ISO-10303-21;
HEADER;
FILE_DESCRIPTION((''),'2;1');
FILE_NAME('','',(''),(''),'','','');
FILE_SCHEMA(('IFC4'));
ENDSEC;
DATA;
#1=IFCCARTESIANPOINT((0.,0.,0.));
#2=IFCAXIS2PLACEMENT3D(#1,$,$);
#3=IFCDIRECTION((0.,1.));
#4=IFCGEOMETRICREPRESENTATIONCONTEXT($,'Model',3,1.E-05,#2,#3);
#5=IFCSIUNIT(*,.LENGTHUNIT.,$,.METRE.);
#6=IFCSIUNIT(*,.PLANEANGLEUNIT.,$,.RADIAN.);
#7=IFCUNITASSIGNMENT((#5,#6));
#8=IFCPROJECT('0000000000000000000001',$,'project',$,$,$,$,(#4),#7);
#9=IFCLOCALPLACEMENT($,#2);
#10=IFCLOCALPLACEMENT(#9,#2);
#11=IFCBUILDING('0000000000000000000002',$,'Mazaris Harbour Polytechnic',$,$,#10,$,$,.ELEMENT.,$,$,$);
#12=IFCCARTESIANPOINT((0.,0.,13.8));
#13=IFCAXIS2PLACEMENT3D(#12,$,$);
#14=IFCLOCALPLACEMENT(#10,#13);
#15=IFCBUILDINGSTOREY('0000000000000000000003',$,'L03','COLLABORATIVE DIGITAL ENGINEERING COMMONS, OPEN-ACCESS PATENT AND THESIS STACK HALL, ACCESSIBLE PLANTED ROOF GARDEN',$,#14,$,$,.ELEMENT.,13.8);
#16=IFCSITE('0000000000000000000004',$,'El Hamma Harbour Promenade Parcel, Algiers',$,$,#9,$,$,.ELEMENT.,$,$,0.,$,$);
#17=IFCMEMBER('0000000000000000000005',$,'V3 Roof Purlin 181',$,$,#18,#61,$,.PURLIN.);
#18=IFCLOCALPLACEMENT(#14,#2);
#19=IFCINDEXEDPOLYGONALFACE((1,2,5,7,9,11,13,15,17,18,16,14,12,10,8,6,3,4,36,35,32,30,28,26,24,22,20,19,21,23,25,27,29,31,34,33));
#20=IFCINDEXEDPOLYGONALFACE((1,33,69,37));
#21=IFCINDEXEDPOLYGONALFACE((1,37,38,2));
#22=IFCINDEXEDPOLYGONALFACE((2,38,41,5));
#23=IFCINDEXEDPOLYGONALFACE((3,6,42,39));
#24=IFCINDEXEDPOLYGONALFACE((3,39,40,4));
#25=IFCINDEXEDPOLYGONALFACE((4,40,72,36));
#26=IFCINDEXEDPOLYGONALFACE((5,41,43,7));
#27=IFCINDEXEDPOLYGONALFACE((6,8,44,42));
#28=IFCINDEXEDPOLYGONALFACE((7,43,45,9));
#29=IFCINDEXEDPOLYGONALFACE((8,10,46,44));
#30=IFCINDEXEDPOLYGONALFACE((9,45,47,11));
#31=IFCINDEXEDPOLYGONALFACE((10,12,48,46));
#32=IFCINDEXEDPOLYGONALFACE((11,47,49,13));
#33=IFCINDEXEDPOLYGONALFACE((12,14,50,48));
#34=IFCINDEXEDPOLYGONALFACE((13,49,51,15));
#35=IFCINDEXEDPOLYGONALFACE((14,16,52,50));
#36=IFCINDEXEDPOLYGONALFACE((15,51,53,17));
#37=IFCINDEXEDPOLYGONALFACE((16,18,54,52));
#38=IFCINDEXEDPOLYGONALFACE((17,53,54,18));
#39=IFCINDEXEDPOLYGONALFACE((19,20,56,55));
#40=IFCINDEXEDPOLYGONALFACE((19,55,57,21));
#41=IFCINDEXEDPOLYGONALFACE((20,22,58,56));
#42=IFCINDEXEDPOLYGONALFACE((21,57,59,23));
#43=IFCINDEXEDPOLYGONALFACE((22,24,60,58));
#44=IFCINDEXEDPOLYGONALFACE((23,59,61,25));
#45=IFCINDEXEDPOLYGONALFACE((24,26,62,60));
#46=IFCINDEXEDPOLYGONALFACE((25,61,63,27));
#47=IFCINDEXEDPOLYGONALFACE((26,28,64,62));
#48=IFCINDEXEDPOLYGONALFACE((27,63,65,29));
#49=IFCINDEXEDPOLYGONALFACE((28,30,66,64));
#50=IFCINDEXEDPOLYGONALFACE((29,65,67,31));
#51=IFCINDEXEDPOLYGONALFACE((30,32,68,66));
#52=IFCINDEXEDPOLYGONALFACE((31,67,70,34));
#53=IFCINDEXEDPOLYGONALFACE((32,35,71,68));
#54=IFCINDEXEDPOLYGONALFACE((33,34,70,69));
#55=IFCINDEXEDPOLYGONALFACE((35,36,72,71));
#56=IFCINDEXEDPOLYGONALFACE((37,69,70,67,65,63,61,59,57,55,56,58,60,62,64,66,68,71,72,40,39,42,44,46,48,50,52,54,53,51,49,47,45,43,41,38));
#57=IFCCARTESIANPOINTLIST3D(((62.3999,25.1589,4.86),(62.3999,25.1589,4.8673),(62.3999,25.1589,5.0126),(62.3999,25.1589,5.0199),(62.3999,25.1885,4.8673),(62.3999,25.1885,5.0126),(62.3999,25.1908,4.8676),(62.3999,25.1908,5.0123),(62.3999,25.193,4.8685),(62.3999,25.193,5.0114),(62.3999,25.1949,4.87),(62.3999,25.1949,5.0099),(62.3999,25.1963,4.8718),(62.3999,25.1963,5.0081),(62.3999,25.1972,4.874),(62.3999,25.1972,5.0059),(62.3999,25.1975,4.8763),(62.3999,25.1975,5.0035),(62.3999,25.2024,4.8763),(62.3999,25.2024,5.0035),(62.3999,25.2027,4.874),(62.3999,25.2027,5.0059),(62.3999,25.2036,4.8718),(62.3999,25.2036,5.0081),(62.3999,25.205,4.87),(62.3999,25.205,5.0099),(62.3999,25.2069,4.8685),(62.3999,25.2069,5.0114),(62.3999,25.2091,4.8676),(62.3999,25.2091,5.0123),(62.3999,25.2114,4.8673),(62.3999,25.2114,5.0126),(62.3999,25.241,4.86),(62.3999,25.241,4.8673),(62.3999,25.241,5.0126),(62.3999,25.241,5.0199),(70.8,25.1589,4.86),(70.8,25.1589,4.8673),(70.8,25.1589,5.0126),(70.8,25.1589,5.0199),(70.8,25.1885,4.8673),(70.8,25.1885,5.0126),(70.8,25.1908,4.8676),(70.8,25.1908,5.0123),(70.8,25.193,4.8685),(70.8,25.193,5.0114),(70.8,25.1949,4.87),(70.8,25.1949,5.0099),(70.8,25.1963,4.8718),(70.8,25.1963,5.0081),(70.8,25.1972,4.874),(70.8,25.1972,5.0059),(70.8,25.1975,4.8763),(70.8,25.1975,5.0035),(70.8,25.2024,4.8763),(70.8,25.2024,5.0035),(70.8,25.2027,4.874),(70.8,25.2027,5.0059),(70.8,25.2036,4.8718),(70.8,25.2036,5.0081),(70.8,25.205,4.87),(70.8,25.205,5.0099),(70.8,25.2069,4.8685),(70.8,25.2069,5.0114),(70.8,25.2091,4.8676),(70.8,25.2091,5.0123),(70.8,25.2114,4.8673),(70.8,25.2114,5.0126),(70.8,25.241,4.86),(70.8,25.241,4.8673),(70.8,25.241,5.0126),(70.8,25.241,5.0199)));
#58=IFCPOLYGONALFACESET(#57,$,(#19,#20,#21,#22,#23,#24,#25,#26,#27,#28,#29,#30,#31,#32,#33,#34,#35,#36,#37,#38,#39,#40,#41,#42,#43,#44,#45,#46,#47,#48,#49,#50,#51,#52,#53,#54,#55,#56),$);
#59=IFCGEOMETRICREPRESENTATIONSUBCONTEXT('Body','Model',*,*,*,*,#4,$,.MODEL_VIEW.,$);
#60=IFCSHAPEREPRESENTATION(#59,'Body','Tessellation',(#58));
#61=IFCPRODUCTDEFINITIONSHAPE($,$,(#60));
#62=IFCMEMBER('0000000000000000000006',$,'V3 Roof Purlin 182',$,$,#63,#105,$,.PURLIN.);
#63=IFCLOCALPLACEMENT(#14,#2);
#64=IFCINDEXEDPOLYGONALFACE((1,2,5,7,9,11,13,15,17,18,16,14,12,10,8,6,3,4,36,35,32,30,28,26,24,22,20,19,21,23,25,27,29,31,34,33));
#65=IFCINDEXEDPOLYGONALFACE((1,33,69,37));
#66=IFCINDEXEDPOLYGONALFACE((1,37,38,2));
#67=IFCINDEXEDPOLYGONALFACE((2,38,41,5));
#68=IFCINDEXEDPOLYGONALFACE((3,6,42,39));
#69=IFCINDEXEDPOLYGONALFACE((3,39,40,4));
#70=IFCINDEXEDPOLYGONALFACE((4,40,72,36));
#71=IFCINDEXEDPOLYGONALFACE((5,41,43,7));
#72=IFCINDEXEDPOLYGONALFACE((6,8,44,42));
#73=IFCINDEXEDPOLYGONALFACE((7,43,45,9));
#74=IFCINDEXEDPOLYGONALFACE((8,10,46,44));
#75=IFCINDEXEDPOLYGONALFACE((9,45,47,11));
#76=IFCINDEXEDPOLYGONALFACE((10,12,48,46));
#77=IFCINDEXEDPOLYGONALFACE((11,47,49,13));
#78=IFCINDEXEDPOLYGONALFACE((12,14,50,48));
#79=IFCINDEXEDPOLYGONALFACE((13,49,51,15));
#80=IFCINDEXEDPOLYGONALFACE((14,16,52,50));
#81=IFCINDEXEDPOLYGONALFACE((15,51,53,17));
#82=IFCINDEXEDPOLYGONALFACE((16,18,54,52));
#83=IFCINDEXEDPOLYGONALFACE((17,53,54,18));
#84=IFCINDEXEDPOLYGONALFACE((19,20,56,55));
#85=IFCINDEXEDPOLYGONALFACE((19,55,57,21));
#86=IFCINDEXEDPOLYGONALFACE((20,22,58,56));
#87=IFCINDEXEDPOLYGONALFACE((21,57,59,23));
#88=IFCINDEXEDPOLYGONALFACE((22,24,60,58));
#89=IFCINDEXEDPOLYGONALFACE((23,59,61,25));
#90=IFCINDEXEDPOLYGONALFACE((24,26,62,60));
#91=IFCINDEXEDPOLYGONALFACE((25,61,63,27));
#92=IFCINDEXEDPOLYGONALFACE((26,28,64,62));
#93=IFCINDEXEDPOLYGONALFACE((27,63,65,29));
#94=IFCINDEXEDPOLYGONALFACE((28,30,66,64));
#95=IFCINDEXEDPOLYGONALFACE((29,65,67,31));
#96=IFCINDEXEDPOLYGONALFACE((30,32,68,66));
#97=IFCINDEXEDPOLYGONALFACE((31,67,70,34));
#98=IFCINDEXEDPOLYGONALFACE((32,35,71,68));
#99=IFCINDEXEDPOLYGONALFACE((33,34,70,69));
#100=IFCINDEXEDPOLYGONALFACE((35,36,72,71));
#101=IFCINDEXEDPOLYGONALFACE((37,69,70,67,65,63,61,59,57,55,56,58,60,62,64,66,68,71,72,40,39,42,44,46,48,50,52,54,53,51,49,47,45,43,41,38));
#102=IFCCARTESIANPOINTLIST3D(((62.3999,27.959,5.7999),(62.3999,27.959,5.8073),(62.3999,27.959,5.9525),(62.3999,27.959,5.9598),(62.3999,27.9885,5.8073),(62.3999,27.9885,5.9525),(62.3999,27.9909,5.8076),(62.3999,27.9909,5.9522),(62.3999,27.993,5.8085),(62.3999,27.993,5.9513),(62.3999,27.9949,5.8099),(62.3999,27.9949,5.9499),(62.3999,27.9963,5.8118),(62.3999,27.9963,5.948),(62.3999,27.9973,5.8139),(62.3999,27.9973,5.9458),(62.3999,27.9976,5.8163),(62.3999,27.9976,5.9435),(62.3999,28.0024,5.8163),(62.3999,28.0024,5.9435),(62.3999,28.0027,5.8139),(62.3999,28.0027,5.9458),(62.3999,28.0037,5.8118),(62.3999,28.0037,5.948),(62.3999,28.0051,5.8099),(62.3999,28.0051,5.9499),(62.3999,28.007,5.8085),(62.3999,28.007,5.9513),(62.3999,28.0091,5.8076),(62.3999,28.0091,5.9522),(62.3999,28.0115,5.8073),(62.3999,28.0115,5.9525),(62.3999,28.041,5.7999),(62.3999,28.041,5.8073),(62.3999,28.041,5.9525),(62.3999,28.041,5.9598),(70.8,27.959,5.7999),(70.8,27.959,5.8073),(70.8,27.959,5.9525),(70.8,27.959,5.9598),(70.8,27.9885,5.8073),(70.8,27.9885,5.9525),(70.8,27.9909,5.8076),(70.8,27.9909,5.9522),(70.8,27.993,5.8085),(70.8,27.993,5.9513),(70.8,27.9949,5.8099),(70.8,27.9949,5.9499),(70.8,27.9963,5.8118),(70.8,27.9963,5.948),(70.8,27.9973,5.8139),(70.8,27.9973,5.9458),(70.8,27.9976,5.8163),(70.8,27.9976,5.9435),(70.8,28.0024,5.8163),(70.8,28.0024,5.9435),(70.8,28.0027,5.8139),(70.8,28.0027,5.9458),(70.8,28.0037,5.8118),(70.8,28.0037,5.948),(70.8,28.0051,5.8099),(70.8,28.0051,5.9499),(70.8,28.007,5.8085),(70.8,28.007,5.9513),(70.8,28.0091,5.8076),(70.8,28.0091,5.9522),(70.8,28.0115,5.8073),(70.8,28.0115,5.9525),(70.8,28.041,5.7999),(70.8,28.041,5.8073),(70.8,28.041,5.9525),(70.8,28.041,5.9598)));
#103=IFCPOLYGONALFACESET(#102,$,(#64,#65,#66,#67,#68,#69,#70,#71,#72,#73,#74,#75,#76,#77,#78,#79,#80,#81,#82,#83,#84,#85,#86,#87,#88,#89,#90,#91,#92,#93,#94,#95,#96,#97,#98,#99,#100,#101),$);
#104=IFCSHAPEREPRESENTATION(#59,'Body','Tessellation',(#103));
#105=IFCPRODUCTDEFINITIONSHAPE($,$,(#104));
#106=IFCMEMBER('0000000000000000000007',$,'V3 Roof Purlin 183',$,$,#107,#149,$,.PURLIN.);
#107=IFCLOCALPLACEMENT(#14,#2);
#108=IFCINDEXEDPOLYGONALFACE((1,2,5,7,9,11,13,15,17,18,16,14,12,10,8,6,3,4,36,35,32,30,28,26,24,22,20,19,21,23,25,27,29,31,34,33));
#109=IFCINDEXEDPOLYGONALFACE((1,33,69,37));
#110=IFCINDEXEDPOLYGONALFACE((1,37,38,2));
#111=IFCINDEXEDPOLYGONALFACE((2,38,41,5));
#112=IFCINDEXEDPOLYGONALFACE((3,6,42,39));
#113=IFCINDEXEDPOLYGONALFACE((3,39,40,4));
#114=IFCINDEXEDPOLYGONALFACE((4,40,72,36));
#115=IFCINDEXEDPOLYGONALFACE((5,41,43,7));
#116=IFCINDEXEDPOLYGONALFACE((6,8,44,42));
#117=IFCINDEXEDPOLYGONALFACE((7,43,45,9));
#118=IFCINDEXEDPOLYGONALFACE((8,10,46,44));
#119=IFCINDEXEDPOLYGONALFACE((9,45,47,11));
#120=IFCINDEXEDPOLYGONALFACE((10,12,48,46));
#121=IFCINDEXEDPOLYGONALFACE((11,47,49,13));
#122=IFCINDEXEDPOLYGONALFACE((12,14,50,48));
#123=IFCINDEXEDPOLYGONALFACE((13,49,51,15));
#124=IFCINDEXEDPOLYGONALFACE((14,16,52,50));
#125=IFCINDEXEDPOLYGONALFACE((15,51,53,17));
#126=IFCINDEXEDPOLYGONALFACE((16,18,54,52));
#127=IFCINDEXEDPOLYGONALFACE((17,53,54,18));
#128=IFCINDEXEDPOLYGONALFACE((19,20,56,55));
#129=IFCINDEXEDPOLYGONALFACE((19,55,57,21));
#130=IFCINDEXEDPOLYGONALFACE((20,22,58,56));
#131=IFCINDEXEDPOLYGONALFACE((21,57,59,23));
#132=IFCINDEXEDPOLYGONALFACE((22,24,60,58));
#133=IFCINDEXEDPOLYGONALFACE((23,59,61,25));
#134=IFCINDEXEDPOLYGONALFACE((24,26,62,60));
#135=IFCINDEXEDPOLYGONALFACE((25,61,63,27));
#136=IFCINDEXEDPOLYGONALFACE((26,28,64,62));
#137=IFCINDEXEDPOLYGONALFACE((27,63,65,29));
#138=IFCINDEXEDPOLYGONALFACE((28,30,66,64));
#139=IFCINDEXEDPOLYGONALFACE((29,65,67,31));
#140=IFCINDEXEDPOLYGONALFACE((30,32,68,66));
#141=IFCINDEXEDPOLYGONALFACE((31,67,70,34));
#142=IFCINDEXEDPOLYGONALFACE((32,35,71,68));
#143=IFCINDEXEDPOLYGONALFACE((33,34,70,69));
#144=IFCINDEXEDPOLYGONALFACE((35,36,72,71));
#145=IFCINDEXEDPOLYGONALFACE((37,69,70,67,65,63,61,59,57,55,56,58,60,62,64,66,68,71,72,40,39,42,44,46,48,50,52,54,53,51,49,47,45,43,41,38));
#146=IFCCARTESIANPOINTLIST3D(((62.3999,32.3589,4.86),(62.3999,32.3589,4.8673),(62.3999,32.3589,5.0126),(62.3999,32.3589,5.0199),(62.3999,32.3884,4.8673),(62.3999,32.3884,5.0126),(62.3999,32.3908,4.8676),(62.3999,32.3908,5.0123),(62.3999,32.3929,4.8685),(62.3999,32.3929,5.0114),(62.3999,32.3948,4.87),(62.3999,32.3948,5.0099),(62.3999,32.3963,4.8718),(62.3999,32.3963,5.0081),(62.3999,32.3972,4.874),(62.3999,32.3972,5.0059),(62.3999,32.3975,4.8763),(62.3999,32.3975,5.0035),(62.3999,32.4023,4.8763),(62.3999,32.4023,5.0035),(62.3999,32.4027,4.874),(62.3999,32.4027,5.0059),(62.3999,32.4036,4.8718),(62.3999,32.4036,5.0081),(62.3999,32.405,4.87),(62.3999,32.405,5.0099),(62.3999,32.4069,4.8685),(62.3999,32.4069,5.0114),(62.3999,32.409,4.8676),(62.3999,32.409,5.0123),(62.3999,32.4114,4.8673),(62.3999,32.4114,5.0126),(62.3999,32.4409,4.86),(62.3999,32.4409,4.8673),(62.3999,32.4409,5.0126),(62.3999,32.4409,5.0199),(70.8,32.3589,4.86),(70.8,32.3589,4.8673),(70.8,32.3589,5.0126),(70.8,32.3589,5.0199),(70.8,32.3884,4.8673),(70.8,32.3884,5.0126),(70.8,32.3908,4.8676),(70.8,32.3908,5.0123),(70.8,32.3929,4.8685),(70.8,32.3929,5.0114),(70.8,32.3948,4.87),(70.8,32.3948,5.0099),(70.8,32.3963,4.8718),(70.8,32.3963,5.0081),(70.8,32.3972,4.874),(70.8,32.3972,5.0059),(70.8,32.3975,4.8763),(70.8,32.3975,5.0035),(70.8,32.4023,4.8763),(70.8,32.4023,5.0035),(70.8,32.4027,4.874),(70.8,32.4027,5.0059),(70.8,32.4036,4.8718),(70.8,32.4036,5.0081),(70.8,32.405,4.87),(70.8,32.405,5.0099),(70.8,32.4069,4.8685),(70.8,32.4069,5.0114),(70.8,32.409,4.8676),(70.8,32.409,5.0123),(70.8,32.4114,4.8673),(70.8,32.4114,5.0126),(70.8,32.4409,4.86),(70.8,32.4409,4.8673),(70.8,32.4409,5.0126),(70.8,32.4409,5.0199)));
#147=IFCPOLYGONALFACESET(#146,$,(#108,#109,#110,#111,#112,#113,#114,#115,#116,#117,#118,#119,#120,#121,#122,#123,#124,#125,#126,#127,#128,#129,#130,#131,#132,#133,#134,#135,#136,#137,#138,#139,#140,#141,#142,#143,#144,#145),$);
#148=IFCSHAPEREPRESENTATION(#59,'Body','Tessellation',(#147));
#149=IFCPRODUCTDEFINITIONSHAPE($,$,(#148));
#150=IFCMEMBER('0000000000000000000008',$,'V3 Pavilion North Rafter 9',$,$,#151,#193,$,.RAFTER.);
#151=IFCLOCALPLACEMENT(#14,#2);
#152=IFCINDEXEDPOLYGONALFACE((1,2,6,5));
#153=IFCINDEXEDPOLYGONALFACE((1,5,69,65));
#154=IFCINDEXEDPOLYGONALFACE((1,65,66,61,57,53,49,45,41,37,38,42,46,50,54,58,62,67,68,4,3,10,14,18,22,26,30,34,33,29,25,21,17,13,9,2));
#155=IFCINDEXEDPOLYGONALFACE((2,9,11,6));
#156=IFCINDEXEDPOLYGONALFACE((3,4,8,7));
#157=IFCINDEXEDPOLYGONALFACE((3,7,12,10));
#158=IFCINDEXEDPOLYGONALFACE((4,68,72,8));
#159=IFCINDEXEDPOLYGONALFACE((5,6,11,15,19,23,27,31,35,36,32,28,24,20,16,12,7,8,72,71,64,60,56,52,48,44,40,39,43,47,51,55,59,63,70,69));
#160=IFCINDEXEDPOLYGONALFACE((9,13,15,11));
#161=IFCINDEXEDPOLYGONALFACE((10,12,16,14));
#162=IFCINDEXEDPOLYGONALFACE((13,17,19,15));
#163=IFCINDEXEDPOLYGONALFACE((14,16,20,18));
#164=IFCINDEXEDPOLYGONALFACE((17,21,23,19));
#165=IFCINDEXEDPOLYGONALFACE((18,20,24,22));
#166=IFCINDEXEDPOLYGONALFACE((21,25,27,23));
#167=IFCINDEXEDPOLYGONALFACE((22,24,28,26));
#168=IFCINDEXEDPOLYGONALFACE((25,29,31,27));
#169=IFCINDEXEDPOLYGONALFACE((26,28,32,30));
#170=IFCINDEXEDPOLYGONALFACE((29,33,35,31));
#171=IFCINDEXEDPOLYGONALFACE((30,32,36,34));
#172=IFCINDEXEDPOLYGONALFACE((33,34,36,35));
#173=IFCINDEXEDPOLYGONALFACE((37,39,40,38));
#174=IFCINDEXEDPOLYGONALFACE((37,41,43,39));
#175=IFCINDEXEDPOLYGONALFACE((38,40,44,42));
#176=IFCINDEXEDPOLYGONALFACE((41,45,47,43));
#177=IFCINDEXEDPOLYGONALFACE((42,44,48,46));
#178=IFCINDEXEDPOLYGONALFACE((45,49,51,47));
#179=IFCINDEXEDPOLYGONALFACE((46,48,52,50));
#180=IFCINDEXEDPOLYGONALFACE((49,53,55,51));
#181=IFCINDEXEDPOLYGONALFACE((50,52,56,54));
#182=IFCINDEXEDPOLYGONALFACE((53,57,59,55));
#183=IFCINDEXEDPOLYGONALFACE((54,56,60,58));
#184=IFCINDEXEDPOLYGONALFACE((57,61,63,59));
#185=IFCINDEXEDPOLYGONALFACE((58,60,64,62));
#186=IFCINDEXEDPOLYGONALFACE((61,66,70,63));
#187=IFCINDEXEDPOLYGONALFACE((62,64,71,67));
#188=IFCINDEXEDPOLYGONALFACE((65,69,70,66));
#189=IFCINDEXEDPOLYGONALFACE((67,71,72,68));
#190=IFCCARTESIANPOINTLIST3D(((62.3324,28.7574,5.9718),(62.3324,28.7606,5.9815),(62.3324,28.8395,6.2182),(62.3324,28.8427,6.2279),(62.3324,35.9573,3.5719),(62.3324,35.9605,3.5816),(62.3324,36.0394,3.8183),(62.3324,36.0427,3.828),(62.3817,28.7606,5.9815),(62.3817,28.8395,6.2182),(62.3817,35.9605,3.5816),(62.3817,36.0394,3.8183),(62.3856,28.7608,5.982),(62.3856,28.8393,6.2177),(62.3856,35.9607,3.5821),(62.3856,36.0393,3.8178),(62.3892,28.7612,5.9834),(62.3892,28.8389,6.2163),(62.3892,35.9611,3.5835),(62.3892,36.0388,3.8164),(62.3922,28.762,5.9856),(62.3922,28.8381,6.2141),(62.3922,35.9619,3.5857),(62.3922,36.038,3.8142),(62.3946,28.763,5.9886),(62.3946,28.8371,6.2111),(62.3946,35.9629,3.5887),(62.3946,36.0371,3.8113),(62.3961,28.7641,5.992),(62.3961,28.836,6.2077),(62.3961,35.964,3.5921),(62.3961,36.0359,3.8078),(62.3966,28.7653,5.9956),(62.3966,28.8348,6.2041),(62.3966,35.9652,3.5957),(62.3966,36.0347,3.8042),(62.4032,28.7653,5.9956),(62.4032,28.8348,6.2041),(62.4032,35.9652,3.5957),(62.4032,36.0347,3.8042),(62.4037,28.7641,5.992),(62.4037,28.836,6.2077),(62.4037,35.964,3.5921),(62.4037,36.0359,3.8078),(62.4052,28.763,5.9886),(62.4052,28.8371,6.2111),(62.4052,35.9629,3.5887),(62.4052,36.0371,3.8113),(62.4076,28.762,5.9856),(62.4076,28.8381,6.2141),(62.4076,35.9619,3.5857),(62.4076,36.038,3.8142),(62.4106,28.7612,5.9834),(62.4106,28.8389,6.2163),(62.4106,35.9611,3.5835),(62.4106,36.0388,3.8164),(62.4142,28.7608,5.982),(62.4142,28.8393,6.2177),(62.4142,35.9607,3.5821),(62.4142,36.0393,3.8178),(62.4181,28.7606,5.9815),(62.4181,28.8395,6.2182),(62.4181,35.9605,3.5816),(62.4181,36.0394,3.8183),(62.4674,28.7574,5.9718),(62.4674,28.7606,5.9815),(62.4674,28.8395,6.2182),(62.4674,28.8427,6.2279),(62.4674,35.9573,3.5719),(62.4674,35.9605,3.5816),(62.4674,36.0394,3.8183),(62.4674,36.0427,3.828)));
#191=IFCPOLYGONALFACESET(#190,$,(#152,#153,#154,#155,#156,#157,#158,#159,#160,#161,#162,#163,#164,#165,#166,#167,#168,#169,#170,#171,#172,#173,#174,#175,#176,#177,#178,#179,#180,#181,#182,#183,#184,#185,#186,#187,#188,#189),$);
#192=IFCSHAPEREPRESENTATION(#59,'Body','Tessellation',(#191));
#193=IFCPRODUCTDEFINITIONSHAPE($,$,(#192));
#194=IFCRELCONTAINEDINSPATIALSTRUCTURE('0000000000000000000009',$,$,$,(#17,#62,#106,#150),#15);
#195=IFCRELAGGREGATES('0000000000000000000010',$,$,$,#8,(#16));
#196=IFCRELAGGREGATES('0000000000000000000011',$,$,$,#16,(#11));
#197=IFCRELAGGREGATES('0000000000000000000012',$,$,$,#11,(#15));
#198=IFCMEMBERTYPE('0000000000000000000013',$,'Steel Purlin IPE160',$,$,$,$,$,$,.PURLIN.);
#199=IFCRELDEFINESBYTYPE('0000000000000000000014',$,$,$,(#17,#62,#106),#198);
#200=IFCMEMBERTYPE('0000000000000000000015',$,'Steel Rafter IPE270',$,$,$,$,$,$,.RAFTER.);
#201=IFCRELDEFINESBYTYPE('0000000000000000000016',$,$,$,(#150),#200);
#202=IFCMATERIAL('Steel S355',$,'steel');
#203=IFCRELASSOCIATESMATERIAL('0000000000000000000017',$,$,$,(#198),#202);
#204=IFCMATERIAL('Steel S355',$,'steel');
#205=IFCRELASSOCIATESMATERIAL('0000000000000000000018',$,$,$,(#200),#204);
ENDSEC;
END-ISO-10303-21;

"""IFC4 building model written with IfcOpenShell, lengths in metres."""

from ifc_helpers import new_model, si_unit, direction, frame, origin, origin_2d, place, context, subcontext, project, spatial, i_section, extrude, material, material_profile, profile_set, type_object, element, save


model = new_model("IFC4")

# Units and contexts
model_context = context("Model", 3, precision=1e-05, world=origin(), true_north=direction((0.0, 1.0)))
body_context = subcontext(model_context, "Body", "Model", "MODEL_VIEW")
ifc_project = project(units=[si_unit("LENGTHUNIT", "METRE"), si_unit("PLANEANGLEUNIT", "RADIAN")], contexts=[model_context])

# Site, building, storey
site_placement = place(None, origin())
site = spatial("IfcSite", under=ifc_project, at=site_placement, Name="El Hamma Harbour Promenade Parcel, Algiers", CompositionType="ELEMENT", RefElevation=0.0)
building_placement = place(site_placement, origin())
building = spatial("IfcBuilding", under=site, at=building_placement, Name="Mazaris Harbour Polytechnic", CompositionType="ELEMENT")
storey_placement = place(building_placement, frame((0.0, 0.0, 13.8)))
storey = spatial("IfcBuildingStorey", under=building, at=storey_placement, Name="L03", Description="COLLABORATIVE DIGITAL ENGINEERING COMMONS, OPEN-ACCESS PATENT AND THESIS STACK HALL, ACCESSIBLE PLANTED ROOF GARDEN", CompositionType="ELEMENT", Elevation=13.8)

# Members
ifc_material_1 = material(Name="Steel S355", Category="steel")
ifc_material_profile_1 = material_profile(ifc_material_1, i_section(OverallWidth=0.082, OverallDepth=0.1599, WebThickness=0.0049, FlangeThickness=0.0073, FilletRadius=0.009, at=origin_2d()), Name="IPE 160")
ifc_profile_set_1 = profile_set([ifc_material_profile_1], Name="Steel S355")
member_type_1 = type_object("IfcMemberType", Name="Steel Purlin IPE160", PredefinedType="PURLIN", material=ifc_profile_set_1)
for number, where, z_axis, x_axis, name in (
    (1, (62.3999, 25.2, 4.9399), (1.0, 0.0, 0.0), (0.0, 1.0, 0.0), "V3 Roof Purlin 181"),
    (2, (62.3999, 28.0, 5.8799), (1.0, 0.0, 0.0), (0.0, 1.0, 0.0), "V3 Roof Purlin 182"),
    (3, (62.3999, 32.3999, 4.9399), (1.0, 0.0, 0.0), (0.0, 1.0, 0.0), "V3 Roof Purlin 183"),
):
    element("IfcMember", number, at=place(storey_placement, frame(where, z_axis=z_axis, x_axis=x_axis)), inside=storey, type_object=member_type_1, Name=name, PredefinedType="PURLIN", context=body_context, shape_type="SweptSolid", body=[
        extrude(i_section(OverallWidth=0.082, OverallDepth=0.1599, WebThickness=0.0049, FlangeThickness=0.0073, FilletRadius=0.009, at=origin_2d()), origin(), (0.0, 0.0, 1.0), 8.4001),
    ])
ifc_material_2 = material(Name="Steel S355", Category="steel")
ifc_material_profile_2 = material_profile(ifc_material_2, i_section(OverallWidth=0.135, OverallDepth=0.27, WebThickness=0.0066, FlangeThickness=0.0103, FilletRadius=0.0149, at=origin_2d()), Name="IPE 270")
ifc_profile_set_2 = profile_set([ifc_material_profile_2], Name="Steel S355")
member_type_2 = type_object("IfcMemberType", Name="Steel Rafter IPE270", PredefinedType="RAFTER", material=ifc_profile_set_2)
member_1_placement = place(storey_placement, frame((62.3999, 28.8, 6.0999), z_axis=(0.0, 0.948687, -0.316218), x_axis=(-1.0, 0.0, 0.0)))
element("IfcMember", 4, at=member_1_placement, inside=storey, type_object=member_type_2, Name="V3 Pavilion North Rafter 9", PredefinedType="RAFTER", context=body_context, shape_type="SweptSolid", body=[
    extrude(i_section(OverallWidth=0.135, OverallDepth=0.27, WebThickness=0.0066, FlangeThickness=0.0103, FilletRadius=0.0149, at=origin_2d()), origin(), (0.0, 0.0, 1.0), 7.5894),
])

save(model, "model.ifc")
